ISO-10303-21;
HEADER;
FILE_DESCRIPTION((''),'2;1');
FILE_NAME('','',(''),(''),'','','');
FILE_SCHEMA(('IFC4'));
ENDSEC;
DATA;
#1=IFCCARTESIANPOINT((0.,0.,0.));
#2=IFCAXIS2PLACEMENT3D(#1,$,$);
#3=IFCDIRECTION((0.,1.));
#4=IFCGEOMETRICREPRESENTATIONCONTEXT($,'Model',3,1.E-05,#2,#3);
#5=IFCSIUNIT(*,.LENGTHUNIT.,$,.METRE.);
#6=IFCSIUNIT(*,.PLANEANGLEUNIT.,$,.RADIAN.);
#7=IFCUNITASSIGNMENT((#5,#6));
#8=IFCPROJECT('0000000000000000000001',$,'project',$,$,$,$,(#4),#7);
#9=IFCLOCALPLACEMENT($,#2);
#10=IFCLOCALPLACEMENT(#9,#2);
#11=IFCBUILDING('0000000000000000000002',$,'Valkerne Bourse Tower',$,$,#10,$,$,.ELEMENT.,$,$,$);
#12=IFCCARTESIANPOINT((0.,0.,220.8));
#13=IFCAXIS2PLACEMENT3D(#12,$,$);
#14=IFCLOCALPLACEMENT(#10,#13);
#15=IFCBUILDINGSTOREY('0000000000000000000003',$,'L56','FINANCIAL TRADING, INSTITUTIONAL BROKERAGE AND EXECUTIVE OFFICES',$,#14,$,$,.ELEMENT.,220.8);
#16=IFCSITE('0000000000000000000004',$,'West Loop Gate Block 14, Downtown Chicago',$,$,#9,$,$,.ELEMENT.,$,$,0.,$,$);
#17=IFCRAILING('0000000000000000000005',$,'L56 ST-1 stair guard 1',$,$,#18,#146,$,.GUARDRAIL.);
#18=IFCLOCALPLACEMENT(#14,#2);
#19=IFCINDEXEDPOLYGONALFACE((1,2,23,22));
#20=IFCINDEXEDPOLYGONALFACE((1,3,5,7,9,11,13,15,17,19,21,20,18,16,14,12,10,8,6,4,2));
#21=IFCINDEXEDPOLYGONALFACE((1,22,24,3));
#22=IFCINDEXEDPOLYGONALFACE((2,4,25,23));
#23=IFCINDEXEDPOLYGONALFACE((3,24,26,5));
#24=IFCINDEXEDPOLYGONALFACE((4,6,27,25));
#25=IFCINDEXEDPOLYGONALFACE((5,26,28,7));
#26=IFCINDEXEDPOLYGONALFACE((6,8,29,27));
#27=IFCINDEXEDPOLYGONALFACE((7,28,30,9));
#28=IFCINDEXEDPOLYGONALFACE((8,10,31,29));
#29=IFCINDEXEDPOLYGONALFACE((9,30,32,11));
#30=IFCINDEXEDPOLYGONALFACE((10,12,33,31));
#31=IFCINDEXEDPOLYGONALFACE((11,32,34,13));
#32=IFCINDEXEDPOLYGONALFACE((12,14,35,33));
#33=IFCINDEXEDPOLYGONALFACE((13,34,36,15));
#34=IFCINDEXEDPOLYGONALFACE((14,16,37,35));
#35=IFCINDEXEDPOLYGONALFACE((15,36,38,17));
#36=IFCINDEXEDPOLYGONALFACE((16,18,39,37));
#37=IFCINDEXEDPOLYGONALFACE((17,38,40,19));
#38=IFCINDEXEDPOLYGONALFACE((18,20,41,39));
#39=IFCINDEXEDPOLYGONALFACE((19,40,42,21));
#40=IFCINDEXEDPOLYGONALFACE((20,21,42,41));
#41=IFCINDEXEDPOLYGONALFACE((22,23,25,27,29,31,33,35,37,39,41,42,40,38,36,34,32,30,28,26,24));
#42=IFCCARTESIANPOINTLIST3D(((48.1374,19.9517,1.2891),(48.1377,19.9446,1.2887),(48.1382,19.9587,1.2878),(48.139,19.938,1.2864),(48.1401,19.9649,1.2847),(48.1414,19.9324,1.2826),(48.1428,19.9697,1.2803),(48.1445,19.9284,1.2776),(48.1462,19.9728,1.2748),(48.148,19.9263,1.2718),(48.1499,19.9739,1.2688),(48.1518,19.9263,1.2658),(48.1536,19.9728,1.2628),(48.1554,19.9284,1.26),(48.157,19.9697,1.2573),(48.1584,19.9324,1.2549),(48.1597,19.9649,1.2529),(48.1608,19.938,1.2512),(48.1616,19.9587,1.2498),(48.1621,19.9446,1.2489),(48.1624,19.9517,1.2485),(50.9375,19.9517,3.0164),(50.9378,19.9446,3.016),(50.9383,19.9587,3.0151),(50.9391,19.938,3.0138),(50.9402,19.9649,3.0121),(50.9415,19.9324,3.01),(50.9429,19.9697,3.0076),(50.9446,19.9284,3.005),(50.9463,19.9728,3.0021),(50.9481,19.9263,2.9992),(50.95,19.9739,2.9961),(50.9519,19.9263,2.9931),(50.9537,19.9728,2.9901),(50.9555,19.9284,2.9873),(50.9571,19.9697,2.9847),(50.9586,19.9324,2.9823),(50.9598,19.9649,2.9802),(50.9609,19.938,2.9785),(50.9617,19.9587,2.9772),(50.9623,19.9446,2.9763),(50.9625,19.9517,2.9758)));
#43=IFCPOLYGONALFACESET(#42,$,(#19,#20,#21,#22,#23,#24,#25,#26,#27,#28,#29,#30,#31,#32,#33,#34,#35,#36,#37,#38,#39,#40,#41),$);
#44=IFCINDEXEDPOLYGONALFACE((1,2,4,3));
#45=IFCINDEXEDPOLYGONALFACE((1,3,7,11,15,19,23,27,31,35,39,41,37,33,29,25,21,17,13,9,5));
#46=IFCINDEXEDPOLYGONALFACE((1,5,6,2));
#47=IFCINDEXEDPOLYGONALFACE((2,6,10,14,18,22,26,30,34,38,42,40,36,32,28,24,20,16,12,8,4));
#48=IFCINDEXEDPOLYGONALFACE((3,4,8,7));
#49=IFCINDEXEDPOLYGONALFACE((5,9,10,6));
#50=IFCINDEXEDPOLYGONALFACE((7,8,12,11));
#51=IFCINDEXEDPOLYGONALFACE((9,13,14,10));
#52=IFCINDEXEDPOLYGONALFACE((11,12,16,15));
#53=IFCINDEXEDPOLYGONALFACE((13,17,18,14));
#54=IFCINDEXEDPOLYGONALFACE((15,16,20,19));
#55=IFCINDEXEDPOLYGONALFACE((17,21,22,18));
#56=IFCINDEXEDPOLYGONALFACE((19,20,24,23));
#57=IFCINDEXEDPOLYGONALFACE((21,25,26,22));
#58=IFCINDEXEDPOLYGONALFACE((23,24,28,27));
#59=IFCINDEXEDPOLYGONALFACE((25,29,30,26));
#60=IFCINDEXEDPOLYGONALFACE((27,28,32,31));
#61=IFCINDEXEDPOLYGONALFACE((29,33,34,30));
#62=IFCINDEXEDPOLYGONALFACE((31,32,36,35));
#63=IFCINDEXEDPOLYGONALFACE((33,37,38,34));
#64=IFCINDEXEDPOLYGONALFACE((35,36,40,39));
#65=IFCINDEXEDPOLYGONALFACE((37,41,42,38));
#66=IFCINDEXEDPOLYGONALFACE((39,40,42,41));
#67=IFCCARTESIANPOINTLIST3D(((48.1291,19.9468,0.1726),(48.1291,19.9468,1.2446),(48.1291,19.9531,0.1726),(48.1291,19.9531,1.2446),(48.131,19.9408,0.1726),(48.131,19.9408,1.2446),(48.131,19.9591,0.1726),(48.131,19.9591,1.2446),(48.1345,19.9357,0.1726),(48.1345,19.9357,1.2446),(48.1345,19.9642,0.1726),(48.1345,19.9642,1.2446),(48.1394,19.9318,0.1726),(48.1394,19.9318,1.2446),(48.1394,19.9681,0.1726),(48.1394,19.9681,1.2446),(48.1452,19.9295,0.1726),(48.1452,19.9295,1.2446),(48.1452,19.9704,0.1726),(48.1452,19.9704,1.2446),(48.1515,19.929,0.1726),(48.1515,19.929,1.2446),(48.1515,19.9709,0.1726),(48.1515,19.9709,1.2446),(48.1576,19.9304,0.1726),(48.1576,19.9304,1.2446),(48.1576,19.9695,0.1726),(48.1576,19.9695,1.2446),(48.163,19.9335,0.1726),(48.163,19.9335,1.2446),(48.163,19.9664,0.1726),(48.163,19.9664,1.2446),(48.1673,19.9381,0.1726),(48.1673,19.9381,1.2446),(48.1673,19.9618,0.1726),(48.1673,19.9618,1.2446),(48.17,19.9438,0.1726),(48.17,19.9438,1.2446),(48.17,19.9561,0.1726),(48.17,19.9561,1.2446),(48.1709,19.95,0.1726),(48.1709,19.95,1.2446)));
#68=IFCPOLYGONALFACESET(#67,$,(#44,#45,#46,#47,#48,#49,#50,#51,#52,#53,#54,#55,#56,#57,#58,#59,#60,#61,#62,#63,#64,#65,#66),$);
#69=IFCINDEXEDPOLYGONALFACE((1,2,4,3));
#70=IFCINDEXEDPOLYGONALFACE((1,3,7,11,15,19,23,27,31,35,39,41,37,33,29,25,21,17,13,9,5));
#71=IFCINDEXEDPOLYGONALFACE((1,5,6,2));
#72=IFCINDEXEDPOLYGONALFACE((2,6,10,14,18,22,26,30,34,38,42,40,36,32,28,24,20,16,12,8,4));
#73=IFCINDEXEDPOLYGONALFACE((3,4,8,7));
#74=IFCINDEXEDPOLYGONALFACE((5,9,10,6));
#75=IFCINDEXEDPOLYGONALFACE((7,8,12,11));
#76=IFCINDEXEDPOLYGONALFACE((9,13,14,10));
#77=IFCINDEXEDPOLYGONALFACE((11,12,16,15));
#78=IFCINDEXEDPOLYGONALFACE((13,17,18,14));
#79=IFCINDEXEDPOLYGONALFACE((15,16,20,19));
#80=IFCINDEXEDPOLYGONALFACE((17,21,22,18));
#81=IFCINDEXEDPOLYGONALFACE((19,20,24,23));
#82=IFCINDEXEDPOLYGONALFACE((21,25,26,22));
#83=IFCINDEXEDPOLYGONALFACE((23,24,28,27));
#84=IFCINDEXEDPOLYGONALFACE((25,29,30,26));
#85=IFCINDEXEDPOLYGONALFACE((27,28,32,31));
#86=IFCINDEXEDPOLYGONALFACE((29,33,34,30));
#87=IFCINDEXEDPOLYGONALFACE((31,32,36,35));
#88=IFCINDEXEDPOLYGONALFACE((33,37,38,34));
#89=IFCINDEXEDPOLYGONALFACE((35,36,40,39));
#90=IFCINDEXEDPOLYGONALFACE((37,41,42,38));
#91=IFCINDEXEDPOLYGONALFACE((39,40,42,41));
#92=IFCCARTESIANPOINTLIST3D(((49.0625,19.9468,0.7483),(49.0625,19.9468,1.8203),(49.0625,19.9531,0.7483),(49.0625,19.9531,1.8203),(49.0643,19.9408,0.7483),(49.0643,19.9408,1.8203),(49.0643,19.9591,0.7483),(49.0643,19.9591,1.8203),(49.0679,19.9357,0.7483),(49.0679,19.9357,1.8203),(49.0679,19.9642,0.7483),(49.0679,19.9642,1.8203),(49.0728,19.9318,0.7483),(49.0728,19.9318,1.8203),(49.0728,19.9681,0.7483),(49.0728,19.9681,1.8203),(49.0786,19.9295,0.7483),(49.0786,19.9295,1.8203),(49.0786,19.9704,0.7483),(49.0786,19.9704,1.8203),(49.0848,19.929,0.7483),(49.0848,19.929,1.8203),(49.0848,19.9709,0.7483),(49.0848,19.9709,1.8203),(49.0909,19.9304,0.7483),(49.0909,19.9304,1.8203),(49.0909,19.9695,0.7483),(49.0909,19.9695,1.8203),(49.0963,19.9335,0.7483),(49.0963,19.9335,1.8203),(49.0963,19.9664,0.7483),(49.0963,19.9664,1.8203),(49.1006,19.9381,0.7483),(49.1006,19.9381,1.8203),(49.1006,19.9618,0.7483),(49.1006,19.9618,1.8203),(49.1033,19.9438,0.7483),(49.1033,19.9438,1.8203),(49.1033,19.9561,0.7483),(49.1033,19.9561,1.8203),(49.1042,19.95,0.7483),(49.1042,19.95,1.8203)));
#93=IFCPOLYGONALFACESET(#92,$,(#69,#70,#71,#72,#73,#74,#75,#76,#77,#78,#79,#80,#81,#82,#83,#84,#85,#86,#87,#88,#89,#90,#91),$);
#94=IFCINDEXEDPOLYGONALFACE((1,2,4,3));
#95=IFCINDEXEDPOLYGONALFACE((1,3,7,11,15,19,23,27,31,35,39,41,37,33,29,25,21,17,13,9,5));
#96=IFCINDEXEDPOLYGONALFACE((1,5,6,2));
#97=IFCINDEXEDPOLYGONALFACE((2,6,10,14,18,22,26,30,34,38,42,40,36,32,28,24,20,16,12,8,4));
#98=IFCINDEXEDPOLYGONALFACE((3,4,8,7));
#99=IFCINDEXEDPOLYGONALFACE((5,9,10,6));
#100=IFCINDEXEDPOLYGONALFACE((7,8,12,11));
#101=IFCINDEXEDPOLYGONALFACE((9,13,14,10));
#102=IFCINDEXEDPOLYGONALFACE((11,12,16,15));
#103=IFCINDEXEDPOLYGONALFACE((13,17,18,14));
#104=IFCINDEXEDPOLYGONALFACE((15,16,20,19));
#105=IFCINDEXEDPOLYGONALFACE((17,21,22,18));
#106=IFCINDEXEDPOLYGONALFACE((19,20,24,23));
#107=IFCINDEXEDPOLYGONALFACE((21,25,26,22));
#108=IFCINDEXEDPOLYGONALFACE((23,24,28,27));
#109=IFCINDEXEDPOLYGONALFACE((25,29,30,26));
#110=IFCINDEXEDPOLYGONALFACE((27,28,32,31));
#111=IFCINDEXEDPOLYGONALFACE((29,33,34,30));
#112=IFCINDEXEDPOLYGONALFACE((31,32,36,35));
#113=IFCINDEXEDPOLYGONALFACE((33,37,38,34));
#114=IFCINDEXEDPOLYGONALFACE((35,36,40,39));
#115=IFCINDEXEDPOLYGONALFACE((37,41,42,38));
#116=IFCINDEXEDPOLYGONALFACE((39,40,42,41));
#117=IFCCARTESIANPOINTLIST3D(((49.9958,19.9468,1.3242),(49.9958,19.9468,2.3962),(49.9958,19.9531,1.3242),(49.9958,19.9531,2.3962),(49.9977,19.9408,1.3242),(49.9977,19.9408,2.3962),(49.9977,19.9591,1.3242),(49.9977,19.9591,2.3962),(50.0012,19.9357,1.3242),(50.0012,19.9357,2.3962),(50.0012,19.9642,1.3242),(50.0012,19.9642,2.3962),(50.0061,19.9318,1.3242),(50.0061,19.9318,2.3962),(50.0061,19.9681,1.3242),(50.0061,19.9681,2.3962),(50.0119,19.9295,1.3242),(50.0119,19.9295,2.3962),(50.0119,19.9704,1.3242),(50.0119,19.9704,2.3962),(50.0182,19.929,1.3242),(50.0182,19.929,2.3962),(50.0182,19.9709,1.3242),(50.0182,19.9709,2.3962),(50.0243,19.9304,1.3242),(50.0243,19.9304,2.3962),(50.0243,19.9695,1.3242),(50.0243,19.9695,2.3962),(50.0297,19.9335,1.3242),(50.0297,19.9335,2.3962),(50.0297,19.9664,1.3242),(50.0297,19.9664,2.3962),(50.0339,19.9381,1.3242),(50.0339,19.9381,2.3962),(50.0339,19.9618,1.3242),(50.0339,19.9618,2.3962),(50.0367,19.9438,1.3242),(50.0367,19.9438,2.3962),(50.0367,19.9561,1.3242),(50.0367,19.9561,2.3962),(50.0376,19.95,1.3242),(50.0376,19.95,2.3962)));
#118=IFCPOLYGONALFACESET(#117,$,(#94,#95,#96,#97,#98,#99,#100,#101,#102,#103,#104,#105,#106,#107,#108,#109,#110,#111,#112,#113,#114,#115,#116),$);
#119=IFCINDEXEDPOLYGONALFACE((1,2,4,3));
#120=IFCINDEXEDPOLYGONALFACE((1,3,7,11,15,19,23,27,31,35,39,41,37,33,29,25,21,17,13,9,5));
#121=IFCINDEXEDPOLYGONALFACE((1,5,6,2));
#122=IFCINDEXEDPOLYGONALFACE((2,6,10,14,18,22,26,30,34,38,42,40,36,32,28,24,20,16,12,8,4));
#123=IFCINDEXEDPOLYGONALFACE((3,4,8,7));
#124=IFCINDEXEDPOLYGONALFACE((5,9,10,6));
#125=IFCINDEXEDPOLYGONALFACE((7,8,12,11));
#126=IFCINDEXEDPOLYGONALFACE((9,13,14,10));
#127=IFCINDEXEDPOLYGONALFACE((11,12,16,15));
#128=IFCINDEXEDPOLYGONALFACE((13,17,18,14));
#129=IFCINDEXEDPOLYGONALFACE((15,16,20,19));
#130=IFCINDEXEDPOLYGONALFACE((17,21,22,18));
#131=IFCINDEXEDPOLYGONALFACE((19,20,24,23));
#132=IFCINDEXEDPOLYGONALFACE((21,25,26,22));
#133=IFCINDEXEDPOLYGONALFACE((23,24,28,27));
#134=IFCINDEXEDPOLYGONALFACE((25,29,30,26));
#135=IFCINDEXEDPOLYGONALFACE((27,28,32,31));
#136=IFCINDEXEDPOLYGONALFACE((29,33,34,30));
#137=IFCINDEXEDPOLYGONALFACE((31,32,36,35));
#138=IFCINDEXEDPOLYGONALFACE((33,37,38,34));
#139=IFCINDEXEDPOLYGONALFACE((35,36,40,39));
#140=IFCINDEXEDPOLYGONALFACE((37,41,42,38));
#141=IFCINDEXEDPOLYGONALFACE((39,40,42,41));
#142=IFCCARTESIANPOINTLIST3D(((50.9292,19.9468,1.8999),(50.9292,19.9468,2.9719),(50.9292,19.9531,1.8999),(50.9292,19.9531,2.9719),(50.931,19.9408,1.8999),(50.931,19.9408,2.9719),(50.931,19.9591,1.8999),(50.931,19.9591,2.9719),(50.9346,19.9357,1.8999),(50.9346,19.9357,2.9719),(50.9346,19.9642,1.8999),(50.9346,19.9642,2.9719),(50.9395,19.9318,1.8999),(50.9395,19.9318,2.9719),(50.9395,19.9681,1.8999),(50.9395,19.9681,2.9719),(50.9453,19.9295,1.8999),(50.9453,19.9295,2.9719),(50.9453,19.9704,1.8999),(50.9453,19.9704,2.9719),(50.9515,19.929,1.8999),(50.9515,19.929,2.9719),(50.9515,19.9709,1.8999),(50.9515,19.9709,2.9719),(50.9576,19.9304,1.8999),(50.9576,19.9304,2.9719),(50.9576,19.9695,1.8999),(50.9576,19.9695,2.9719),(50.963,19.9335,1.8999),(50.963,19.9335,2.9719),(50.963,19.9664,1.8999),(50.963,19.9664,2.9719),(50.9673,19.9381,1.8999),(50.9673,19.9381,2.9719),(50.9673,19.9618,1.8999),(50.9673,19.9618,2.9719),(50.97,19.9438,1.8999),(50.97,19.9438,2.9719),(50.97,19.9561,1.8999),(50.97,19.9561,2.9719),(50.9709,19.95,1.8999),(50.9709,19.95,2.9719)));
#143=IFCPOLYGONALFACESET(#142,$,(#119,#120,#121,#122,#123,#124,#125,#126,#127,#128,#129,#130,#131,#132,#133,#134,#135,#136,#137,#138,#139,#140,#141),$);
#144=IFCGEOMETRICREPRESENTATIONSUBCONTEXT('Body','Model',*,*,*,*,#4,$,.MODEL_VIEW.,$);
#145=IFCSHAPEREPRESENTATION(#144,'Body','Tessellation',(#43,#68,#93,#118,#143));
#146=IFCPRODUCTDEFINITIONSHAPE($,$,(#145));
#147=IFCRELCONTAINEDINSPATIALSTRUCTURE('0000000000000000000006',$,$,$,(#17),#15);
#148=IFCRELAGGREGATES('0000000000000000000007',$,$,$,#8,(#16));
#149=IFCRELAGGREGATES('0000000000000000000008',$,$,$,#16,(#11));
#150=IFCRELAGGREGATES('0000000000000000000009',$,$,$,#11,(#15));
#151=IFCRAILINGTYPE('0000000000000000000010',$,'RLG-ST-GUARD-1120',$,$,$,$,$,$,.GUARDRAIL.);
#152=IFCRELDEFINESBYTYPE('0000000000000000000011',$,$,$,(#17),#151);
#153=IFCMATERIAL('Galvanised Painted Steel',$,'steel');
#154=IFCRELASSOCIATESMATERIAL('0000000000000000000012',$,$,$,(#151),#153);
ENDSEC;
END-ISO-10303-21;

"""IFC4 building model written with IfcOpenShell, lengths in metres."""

from ifc_helpers import new_model, si_unit, direction, frame, origin, origin_2d, place, context, subcontext, project, spatial, circle, extrude, material, type_object, element, save


model = new_model("IFC4")

# Units and contexts
model_context = context("Model", 3, precision=1e-05, world=origin(), true_north=direction((0.0, 1.0)))
body_context = subcontext(model_context, "Body", "Model", "MODEL_VIEW")
ifc_project = project(units=[si_unit("LENGTHUNIT", "METRE"), si_unit("PLANEANGLEUNIT", "RADIAN")], contexts=[model_context])

# Site, building, storey
site_placement = place(None, origin())
site = spatial("IfcSite", under=ifc_project, at=site_placement, Name="West Loop Gate Block 14, Downtown Chicago", CompositionType="ELEMENT", RefElevation=0.0)
building_placement = place(site_placement, origin())
building = spatial("IfcBuilding", under=site, at=building_placement, Name="Valkerne Bourse Tower", CompositionType="ELEMENT")
storey_placement = place(building_placement, frame((0.0, 0.0, 220.8)))
storey = spatial("IfcBuildingStorey", under=building, at=storey_placement, Name="L56", Description="FINANCIAL TRADING, INSTITUTIONAL BROKERAGE AND EXECUTIVE OFFICES", CompositionType="ELEMENT", Elevation=220.8)

# Shared definitions
ifc_material_1 = material(Name="Galvanised Painted Steel", Category="steel")

# Railing
railing_type_1 = type_object("IfcRailingType", Name="RLG-ST-GUARD-1120", PredefinedType="GUARDRAIL", material=ifc_material_1)
railing_1_placement = place(storey_placement, frame((48.1499, 19.95, 0.1726)))
element("IfcRailing", 1, at=railing_1_placement, inside=storey, type_object=railing_type_1, Name="L56 ST-1 stair guard 1", PredefinedType="GUARDRAIL", context=body_context, shape_type="SweptSolid", body=[
    extrude(circle(Radius=0.0239, at=origin_2d()), frame((0.0, 0.0, 1.0962), z_axis=(0.85109, 0.0, 0.52502), x_axis=(0.0, 1.0, 0.0)), (0.0, 0.0, 1.0), 3.29),
    extrude(circle(Radius=0.021, at=origin_2d()), origin(), (0.0, 0.0, 1.0), 1.072),
    extrude(circle(Radius=0.021, at=origin_2d()), frame((0.9333, 0.0, 0.5757)), (0.0, 0.0, 1.0), 1.072),
    extrude(circle(Radius=0.021, at=origin_2d()), frame((1.8667, 0.0, 1.1516)), (0.0, 0.0, 1.0), 1.072),
    extrude(circle(Radius=0.021, at=origin_2d()), frame((2.8, 0.0, 1.7273)), (0.0, 0.0, 1.0), 1.072),
])

save(model, "model.ifc")
